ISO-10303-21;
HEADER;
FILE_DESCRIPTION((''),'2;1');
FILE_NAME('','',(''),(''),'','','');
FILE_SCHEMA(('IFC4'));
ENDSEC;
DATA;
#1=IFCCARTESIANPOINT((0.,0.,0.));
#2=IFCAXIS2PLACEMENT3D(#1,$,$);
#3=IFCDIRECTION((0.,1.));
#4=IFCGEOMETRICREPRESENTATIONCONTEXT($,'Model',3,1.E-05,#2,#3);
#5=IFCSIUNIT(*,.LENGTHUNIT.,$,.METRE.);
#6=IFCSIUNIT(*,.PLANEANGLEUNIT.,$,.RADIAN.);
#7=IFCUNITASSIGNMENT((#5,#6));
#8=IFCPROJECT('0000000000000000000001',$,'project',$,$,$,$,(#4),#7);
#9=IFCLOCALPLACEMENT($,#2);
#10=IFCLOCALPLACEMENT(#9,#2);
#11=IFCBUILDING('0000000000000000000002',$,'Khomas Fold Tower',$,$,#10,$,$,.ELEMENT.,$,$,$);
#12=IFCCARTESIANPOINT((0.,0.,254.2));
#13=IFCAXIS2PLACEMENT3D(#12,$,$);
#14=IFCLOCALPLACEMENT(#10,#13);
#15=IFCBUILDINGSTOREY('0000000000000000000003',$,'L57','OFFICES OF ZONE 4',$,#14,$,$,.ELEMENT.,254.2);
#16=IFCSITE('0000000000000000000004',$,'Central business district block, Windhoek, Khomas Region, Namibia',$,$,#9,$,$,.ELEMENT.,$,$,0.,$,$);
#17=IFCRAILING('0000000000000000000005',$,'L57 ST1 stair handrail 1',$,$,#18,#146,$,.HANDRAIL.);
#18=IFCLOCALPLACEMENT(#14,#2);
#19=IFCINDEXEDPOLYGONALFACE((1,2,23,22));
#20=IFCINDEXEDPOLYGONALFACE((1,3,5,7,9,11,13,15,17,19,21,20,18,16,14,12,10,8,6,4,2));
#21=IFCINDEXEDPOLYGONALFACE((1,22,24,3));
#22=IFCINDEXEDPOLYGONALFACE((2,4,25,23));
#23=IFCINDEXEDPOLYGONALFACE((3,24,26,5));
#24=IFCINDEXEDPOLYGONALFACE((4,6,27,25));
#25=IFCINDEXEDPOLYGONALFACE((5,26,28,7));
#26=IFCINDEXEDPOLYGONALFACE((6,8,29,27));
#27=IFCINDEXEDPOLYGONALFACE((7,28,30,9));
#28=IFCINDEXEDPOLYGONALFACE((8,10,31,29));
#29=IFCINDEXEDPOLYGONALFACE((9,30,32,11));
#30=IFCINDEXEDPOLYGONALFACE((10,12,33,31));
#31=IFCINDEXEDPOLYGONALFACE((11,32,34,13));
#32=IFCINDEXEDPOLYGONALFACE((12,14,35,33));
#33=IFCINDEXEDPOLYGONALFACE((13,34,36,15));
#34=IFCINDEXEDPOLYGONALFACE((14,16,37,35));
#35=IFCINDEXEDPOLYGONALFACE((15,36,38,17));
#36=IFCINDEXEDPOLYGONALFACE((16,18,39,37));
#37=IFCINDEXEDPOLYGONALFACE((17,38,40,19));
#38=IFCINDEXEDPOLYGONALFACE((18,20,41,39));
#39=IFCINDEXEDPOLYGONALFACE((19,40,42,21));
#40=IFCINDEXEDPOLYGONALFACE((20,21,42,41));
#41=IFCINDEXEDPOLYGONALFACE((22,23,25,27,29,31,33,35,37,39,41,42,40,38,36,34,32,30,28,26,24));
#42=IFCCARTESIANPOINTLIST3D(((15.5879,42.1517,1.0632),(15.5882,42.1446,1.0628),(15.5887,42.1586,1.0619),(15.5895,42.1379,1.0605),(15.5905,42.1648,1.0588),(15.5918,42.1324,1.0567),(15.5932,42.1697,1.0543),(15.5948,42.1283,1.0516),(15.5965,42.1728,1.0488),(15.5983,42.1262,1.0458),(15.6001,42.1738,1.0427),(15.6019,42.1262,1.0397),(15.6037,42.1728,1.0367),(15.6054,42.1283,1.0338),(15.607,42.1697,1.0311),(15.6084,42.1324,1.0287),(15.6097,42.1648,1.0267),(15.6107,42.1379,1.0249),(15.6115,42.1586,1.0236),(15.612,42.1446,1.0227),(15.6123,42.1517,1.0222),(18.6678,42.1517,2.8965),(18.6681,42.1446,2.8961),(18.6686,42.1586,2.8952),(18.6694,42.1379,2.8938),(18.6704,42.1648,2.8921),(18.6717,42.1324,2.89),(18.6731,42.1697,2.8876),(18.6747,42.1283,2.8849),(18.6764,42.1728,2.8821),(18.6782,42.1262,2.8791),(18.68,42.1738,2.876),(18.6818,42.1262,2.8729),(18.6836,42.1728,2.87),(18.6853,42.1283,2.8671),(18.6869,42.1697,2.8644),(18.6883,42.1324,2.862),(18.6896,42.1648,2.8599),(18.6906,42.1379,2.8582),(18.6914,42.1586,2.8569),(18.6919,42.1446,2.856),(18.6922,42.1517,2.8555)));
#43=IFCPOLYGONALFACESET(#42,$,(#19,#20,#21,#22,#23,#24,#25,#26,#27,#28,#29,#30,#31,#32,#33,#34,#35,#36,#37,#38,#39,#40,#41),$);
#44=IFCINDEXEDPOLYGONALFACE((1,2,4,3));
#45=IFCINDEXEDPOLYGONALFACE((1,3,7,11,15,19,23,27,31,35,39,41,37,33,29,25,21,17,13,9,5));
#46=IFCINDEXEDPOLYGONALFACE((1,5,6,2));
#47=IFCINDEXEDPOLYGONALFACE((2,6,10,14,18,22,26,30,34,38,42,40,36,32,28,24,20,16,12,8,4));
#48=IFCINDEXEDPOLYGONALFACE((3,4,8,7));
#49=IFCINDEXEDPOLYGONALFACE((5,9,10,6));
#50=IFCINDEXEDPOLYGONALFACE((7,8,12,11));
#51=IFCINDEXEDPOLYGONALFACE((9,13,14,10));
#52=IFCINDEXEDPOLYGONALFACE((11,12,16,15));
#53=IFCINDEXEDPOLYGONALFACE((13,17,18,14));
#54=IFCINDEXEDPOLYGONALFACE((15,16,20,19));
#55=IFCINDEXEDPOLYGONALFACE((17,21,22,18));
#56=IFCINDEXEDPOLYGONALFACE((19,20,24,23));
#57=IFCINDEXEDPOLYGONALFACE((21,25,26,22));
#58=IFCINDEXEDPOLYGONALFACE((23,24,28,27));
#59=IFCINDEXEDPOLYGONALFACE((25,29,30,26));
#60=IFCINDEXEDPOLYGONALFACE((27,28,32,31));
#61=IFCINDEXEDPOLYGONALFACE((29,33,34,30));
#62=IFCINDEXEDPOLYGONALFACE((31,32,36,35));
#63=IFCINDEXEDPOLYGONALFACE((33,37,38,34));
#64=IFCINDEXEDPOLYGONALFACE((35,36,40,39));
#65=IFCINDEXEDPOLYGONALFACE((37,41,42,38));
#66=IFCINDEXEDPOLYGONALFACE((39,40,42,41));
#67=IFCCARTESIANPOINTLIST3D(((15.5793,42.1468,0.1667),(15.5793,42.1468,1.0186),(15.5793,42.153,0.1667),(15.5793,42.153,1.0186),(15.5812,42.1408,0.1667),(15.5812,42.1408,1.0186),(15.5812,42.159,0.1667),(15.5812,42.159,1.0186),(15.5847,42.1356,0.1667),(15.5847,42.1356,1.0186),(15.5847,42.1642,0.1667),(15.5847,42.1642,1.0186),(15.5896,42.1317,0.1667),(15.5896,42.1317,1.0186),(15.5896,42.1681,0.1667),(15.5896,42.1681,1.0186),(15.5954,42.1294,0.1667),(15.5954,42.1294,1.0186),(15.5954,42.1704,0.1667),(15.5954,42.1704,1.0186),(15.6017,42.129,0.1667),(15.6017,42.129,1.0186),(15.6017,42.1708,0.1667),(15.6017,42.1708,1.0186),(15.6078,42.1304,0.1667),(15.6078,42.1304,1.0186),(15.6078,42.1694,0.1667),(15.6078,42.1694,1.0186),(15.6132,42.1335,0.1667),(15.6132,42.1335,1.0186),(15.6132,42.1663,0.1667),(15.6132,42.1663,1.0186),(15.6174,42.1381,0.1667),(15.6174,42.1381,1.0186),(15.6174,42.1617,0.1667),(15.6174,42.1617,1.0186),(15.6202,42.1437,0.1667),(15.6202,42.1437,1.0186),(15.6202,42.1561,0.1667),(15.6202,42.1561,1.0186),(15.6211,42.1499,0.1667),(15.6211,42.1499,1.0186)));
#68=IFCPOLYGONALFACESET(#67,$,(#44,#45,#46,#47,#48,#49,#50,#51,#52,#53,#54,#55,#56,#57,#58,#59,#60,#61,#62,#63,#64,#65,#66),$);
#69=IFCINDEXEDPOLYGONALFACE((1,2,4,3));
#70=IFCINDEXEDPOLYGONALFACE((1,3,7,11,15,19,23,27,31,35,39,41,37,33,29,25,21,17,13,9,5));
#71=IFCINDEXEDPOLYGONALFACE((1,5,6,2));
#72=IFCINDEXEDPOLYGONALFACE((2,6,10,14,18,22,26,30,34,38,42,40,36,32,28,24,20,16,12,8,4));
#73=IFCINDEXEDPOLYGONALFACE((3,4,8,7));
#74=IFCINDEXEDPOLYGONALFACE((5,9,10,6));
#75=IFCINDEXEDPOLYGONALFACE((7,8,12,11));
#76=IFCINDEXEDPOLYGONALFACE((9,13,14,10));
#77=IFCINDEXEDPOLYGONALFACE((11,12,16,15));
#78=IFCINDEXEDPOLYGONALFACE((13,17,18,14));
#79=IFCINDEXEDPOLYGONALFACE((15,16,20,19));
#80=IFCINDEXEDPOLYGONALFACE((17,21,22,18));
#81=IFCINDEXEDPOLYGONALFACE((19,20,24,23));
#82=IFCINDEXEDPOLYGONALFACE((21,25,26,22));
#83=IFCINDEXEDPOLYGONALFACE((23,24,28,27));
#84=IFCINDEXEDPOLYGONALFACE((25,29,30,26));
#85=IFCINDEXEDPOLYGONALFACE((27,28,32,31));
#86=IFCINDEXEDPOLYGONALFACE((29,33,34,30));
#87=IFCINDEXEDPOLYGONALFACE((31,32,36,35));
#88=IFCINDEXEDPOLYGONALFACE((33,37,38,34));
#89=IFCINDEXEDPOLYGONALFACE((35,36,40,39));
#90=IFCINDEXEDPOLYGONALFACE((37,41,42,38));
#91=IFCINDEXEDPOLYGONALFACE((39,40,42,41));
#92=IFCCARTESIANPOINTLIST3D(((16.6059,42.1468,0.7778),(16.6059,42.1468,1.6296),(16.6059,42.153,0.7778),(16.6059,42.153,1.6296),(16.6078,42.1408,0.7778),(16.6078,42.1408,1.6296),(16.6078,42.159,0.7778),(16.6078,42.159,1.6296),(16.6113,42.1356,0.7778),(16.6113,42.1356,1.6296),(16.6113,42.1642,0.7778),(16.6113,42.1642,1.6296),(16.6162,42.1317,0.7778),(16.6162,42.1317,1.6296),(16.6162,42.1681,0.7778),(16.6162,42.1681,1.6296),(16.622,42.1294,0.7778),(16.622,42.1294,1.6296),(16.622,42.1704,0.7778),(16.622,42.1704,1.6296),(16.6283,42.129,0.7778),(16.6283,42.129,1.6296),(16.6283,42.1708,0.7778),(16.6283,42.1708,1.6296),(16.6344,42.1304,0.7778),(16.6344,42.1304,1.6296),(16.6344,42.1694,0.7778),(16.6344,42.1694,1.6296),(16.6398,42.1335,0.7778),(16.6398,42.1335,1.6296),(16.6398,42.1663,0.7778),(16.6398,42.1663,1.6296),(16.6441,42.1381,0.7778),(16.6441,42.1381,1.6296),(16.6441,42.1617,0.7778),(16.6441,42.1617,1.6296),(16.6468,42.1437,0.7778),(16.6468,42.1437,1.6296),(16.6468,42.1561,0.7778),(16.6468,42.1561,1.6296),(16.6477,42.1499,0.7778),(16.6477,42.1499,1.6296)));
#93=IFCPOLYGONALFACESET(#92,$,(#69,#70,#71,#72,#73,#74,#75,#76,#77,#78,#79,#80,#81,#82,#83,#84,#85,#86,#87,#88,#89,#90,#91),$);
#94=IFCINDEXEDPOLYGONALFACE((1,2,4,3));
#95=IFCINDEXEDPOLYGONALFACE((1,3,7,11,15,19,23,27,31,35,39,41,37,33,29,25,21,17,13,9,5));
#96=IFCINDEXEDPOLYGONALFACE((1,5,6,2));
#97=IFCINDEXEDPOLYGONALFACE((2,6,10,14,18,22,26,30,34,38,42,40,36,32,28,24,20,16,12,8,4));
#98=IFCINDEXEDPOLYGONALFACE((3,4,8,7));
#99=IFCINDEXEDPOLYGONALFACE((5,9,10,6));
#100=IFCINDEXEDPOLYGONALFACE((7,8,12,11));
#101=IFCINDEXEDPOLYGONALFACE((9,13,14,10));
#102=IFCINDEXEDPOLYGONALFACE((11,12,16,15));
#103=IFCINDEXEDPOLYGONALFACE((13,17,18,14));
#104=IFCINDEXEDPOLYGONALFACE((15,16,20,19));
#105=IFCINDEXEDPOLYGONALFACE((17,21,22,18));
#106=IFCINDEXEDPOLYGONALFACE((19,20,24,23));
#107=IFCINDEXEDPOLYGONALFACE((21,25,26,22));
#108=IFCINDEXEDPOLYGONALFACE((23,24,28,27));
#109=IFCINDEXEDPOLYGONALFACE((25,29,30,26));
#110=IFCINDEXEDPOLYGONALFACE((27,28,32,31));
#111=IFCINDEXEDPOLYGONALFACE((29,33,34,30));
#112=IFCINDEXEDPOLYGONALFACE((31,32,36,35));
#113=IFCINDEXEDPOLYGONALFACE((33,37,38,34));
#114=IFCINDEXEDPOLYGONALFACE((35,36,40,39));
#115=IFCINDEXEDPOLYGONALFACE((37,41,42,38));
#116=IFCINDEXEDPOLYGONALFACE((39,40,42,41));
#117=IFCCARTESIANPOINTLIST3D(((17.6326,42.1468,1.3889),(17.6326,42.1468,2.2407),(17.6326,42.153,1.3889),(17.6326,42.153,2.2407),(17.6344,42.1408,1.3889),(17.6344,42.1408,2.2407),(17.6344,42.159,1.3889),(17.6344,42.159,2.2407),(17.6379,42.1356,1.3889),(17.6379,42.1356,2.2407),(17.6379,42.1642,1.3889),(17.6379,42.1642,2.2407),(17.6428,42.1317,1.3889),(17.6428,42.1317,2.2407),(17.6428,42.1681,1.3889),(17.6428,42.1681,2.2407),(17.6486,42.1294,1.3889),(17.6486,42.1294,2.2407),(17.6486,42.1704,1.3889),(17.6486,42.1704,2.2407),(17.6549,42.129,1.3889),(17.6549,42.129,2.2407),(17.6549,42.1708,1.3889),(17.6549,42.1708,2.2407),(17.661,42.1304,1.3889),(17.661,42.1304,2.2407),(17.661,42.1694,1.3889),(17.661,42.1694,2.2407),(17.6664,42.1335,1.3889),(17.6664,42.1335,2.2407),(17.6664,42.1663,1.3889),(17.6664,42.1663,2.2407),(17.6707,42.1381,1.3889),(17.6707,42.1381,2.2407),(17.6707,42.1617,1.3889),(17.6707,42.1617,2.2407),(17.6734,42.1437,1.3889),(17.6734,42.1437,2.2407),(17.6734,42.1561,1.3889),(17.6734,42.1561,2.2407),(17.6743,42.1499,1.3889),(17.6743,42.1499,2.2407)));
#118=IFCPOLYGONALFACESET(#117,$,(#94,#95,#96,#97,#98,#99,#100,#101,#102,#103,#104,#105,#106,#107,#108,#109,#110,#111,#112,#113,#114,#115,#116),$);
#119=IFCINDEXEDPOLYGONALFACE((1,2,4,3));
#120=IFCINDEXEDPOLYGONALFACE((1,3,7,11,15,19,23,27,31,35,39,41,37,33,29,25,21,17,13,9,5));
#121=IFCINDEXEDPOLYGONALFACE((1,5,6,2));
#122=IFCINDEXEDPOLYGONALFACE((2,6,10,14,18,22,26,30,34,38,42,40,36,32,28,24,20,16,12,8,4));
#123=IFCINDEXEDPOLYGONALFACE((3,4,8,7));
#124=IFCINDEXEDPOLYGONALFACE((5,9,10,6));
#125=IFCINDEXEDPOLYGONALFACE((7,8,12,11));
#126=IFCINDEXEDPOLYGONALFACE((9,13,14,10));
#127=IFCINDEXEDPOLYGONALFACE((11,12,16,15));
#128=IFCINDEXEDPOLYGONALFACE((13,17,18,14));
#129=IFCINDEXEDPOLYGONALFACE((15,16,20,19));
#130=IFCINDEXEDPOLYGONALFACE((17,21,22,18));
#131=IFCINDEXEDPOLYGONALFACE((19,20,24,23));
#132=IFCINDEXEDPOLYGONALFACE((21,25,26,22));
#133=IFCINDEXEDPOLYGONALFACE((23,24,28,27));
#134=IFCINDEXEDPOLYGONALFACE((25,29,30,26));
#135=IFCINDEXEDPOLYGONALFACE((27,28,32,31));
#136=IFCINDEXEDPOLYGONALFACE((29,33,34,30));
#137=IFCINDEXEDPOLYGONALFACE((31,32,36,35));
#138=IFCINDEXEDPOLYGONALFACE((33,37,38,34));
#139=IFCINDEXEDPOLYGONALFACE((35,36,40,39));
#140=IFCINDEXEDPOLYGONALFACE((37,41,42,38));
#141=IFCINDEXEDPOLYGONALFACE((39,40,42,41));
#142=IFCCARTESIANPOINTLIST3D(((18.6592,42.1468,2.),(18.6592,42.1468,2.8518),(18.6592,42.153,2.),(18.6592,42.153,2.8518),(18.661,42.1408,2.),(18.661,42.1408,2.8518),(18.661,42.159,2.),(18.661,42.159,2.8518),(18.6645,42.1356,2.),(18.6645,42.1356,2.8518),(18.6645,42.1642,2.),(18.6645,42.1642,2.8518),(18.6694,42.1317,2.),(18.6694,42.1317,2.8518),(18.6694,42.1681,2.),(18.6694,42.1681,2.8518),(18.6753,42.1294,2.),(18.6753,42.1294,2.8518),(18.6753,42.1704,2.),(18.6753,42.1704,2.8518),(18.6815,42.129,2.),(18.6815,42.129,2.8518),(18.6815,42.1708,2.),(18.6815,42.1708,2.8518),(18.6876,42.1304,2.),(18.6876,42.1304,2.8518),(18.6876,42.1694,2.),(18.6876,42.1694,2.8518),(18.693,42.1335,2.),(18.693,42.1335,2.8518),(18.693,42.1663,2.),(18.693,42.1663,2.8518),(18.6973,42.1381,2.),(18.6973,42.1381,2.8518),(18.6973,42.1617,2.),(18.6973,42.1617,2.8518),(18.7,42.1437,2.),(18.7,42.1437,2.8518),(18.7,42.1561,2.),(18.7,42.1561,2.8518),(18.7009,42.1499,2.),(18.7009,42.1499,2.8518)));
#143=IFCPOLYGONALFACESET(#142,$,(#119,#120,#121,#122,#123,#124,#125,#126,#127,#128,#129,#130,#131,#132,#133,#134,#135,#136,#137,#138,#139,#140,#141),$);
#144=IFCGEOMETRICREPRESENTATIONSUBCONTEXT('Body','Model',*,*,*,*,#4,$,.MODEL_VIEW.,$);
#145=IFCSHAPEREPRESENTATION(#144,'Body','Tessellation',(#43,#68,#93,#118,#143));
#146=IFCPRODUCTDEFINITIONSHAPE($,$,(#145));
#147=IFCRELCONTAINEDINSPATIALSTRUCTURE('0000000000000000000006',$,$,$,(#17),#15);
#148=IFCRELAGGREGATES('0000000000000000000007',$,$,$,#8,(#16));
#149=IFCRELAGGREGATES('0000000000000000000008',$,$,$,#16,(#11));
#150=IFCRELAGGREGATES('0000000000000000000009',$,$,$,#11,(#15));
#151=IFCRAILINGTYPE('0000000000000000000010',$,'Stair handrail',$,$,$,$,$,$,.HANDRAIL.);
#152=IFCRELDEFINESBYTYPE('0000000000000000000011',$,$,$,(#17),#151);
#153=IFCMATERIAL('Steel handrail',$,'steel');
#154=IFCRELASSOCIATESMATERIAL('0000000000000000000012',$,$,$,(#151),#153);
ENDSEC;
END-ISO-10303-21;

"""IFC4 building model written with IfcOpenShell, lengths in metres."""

from ifc_helpers import new_model, si_unit, direction, frame, origin, origin_2d, place, context, subcontext, project, spatial, circle, extrude, source, transform, mapped, material, type_object, element, save


model = new_model("IFC4")

# Units and contexts
model_context = context("Model", 3, precision=1e-05, world=origin(), true_north=direction((0.0, 1.0)))
body_context = subcontext(model_context, "Body", "Model", "MODEL_VIEW")
ifc_project = project(units=[si_unit("LENGTHUNIT", "METRE"), si_unit("PLANEANGLEUNIT", "RADIAN")], contexts=[model_context])

# Site, building, storey
site_placement = place(None, origin())
site = spatial("IfcSite", under=ifc_project, at=site_placement, Name="Central business district block, Windhoek, Khomas Region, Namibia", CompositionType="ELEMENT", RefElevation=0.0)
building_placement = place(site_placement, origin())
building = spatial("IfcBuilding", under=site, at=building_placement, Name="Khomas Fold Tower", CompositionType="ELEMENT")
storey_placement = place(building_placement, frame((0.0, 0.0, 254.2)))
storey = spatial("IfcBuildingStorey", under=building, at=storey_placement, Name="L57", Description="OFFICES OF ZONE 4", CompositionType="ELEMENT", Elevation=254.2)

# Railing
ifc_material_1 = material(Name="Steel handrail", Category="steel")
railing_type_1 = type_object("IfcRailingType", Name="Stair handrail", PredefinedType="HANDRAIL", material=ifc_material_1)
shared_shape_1 = source(origin(), body_context, "Body", "SweptSolid", [
    extrude(circle(Radius=0.0239, at=origin_2d()), frame((0.0, 0.0, 0.876), z_axis=(0.859291, 0.0, 0.511487), x_axis=(0.0, 1.0, 0.0)), (0.0, 0.0, 1.0), 3.5842),
    extrude(circle(Radius=0.021, at=origin_2d()), origin(), (0.0, 0.0, 1.0), 0.8518),
    extrude(circle(Radius=0.021, at=origin_2d()), frame((1.0266, 0.0, 0.6111)), (0.0, 0.0, 1.0), 0.8518),
    extrude(circle(Radius=0.021, at=origin_2d()), frame((2.0532, 0.0, 1.2222)), (0.0, 0.0, 1.0), 0.8518),
    extrude(circle(Radius=0.021, at=origin_2d()), frame((3.0798, 0.0, 1.8333)), (0.0, 0.0, 1.0), 0.8518),
])
railing_1_placement = place(storey_placement, frame((15.6001, 42.1499, 0.1667)))
element("IfcRailing", 1, at=railing_1_placement, inside=storey, type_object=railing_type_1, Name="L57 ST1 stair handrail 1", PredefinedType="HANDRAIL", context=body_context, shape_type="MappedRepresentation", body=[
    mapped(shared_shape_1, transform((0.0, 0.0, 0.0))),
])

save(model, "model.ifc")
